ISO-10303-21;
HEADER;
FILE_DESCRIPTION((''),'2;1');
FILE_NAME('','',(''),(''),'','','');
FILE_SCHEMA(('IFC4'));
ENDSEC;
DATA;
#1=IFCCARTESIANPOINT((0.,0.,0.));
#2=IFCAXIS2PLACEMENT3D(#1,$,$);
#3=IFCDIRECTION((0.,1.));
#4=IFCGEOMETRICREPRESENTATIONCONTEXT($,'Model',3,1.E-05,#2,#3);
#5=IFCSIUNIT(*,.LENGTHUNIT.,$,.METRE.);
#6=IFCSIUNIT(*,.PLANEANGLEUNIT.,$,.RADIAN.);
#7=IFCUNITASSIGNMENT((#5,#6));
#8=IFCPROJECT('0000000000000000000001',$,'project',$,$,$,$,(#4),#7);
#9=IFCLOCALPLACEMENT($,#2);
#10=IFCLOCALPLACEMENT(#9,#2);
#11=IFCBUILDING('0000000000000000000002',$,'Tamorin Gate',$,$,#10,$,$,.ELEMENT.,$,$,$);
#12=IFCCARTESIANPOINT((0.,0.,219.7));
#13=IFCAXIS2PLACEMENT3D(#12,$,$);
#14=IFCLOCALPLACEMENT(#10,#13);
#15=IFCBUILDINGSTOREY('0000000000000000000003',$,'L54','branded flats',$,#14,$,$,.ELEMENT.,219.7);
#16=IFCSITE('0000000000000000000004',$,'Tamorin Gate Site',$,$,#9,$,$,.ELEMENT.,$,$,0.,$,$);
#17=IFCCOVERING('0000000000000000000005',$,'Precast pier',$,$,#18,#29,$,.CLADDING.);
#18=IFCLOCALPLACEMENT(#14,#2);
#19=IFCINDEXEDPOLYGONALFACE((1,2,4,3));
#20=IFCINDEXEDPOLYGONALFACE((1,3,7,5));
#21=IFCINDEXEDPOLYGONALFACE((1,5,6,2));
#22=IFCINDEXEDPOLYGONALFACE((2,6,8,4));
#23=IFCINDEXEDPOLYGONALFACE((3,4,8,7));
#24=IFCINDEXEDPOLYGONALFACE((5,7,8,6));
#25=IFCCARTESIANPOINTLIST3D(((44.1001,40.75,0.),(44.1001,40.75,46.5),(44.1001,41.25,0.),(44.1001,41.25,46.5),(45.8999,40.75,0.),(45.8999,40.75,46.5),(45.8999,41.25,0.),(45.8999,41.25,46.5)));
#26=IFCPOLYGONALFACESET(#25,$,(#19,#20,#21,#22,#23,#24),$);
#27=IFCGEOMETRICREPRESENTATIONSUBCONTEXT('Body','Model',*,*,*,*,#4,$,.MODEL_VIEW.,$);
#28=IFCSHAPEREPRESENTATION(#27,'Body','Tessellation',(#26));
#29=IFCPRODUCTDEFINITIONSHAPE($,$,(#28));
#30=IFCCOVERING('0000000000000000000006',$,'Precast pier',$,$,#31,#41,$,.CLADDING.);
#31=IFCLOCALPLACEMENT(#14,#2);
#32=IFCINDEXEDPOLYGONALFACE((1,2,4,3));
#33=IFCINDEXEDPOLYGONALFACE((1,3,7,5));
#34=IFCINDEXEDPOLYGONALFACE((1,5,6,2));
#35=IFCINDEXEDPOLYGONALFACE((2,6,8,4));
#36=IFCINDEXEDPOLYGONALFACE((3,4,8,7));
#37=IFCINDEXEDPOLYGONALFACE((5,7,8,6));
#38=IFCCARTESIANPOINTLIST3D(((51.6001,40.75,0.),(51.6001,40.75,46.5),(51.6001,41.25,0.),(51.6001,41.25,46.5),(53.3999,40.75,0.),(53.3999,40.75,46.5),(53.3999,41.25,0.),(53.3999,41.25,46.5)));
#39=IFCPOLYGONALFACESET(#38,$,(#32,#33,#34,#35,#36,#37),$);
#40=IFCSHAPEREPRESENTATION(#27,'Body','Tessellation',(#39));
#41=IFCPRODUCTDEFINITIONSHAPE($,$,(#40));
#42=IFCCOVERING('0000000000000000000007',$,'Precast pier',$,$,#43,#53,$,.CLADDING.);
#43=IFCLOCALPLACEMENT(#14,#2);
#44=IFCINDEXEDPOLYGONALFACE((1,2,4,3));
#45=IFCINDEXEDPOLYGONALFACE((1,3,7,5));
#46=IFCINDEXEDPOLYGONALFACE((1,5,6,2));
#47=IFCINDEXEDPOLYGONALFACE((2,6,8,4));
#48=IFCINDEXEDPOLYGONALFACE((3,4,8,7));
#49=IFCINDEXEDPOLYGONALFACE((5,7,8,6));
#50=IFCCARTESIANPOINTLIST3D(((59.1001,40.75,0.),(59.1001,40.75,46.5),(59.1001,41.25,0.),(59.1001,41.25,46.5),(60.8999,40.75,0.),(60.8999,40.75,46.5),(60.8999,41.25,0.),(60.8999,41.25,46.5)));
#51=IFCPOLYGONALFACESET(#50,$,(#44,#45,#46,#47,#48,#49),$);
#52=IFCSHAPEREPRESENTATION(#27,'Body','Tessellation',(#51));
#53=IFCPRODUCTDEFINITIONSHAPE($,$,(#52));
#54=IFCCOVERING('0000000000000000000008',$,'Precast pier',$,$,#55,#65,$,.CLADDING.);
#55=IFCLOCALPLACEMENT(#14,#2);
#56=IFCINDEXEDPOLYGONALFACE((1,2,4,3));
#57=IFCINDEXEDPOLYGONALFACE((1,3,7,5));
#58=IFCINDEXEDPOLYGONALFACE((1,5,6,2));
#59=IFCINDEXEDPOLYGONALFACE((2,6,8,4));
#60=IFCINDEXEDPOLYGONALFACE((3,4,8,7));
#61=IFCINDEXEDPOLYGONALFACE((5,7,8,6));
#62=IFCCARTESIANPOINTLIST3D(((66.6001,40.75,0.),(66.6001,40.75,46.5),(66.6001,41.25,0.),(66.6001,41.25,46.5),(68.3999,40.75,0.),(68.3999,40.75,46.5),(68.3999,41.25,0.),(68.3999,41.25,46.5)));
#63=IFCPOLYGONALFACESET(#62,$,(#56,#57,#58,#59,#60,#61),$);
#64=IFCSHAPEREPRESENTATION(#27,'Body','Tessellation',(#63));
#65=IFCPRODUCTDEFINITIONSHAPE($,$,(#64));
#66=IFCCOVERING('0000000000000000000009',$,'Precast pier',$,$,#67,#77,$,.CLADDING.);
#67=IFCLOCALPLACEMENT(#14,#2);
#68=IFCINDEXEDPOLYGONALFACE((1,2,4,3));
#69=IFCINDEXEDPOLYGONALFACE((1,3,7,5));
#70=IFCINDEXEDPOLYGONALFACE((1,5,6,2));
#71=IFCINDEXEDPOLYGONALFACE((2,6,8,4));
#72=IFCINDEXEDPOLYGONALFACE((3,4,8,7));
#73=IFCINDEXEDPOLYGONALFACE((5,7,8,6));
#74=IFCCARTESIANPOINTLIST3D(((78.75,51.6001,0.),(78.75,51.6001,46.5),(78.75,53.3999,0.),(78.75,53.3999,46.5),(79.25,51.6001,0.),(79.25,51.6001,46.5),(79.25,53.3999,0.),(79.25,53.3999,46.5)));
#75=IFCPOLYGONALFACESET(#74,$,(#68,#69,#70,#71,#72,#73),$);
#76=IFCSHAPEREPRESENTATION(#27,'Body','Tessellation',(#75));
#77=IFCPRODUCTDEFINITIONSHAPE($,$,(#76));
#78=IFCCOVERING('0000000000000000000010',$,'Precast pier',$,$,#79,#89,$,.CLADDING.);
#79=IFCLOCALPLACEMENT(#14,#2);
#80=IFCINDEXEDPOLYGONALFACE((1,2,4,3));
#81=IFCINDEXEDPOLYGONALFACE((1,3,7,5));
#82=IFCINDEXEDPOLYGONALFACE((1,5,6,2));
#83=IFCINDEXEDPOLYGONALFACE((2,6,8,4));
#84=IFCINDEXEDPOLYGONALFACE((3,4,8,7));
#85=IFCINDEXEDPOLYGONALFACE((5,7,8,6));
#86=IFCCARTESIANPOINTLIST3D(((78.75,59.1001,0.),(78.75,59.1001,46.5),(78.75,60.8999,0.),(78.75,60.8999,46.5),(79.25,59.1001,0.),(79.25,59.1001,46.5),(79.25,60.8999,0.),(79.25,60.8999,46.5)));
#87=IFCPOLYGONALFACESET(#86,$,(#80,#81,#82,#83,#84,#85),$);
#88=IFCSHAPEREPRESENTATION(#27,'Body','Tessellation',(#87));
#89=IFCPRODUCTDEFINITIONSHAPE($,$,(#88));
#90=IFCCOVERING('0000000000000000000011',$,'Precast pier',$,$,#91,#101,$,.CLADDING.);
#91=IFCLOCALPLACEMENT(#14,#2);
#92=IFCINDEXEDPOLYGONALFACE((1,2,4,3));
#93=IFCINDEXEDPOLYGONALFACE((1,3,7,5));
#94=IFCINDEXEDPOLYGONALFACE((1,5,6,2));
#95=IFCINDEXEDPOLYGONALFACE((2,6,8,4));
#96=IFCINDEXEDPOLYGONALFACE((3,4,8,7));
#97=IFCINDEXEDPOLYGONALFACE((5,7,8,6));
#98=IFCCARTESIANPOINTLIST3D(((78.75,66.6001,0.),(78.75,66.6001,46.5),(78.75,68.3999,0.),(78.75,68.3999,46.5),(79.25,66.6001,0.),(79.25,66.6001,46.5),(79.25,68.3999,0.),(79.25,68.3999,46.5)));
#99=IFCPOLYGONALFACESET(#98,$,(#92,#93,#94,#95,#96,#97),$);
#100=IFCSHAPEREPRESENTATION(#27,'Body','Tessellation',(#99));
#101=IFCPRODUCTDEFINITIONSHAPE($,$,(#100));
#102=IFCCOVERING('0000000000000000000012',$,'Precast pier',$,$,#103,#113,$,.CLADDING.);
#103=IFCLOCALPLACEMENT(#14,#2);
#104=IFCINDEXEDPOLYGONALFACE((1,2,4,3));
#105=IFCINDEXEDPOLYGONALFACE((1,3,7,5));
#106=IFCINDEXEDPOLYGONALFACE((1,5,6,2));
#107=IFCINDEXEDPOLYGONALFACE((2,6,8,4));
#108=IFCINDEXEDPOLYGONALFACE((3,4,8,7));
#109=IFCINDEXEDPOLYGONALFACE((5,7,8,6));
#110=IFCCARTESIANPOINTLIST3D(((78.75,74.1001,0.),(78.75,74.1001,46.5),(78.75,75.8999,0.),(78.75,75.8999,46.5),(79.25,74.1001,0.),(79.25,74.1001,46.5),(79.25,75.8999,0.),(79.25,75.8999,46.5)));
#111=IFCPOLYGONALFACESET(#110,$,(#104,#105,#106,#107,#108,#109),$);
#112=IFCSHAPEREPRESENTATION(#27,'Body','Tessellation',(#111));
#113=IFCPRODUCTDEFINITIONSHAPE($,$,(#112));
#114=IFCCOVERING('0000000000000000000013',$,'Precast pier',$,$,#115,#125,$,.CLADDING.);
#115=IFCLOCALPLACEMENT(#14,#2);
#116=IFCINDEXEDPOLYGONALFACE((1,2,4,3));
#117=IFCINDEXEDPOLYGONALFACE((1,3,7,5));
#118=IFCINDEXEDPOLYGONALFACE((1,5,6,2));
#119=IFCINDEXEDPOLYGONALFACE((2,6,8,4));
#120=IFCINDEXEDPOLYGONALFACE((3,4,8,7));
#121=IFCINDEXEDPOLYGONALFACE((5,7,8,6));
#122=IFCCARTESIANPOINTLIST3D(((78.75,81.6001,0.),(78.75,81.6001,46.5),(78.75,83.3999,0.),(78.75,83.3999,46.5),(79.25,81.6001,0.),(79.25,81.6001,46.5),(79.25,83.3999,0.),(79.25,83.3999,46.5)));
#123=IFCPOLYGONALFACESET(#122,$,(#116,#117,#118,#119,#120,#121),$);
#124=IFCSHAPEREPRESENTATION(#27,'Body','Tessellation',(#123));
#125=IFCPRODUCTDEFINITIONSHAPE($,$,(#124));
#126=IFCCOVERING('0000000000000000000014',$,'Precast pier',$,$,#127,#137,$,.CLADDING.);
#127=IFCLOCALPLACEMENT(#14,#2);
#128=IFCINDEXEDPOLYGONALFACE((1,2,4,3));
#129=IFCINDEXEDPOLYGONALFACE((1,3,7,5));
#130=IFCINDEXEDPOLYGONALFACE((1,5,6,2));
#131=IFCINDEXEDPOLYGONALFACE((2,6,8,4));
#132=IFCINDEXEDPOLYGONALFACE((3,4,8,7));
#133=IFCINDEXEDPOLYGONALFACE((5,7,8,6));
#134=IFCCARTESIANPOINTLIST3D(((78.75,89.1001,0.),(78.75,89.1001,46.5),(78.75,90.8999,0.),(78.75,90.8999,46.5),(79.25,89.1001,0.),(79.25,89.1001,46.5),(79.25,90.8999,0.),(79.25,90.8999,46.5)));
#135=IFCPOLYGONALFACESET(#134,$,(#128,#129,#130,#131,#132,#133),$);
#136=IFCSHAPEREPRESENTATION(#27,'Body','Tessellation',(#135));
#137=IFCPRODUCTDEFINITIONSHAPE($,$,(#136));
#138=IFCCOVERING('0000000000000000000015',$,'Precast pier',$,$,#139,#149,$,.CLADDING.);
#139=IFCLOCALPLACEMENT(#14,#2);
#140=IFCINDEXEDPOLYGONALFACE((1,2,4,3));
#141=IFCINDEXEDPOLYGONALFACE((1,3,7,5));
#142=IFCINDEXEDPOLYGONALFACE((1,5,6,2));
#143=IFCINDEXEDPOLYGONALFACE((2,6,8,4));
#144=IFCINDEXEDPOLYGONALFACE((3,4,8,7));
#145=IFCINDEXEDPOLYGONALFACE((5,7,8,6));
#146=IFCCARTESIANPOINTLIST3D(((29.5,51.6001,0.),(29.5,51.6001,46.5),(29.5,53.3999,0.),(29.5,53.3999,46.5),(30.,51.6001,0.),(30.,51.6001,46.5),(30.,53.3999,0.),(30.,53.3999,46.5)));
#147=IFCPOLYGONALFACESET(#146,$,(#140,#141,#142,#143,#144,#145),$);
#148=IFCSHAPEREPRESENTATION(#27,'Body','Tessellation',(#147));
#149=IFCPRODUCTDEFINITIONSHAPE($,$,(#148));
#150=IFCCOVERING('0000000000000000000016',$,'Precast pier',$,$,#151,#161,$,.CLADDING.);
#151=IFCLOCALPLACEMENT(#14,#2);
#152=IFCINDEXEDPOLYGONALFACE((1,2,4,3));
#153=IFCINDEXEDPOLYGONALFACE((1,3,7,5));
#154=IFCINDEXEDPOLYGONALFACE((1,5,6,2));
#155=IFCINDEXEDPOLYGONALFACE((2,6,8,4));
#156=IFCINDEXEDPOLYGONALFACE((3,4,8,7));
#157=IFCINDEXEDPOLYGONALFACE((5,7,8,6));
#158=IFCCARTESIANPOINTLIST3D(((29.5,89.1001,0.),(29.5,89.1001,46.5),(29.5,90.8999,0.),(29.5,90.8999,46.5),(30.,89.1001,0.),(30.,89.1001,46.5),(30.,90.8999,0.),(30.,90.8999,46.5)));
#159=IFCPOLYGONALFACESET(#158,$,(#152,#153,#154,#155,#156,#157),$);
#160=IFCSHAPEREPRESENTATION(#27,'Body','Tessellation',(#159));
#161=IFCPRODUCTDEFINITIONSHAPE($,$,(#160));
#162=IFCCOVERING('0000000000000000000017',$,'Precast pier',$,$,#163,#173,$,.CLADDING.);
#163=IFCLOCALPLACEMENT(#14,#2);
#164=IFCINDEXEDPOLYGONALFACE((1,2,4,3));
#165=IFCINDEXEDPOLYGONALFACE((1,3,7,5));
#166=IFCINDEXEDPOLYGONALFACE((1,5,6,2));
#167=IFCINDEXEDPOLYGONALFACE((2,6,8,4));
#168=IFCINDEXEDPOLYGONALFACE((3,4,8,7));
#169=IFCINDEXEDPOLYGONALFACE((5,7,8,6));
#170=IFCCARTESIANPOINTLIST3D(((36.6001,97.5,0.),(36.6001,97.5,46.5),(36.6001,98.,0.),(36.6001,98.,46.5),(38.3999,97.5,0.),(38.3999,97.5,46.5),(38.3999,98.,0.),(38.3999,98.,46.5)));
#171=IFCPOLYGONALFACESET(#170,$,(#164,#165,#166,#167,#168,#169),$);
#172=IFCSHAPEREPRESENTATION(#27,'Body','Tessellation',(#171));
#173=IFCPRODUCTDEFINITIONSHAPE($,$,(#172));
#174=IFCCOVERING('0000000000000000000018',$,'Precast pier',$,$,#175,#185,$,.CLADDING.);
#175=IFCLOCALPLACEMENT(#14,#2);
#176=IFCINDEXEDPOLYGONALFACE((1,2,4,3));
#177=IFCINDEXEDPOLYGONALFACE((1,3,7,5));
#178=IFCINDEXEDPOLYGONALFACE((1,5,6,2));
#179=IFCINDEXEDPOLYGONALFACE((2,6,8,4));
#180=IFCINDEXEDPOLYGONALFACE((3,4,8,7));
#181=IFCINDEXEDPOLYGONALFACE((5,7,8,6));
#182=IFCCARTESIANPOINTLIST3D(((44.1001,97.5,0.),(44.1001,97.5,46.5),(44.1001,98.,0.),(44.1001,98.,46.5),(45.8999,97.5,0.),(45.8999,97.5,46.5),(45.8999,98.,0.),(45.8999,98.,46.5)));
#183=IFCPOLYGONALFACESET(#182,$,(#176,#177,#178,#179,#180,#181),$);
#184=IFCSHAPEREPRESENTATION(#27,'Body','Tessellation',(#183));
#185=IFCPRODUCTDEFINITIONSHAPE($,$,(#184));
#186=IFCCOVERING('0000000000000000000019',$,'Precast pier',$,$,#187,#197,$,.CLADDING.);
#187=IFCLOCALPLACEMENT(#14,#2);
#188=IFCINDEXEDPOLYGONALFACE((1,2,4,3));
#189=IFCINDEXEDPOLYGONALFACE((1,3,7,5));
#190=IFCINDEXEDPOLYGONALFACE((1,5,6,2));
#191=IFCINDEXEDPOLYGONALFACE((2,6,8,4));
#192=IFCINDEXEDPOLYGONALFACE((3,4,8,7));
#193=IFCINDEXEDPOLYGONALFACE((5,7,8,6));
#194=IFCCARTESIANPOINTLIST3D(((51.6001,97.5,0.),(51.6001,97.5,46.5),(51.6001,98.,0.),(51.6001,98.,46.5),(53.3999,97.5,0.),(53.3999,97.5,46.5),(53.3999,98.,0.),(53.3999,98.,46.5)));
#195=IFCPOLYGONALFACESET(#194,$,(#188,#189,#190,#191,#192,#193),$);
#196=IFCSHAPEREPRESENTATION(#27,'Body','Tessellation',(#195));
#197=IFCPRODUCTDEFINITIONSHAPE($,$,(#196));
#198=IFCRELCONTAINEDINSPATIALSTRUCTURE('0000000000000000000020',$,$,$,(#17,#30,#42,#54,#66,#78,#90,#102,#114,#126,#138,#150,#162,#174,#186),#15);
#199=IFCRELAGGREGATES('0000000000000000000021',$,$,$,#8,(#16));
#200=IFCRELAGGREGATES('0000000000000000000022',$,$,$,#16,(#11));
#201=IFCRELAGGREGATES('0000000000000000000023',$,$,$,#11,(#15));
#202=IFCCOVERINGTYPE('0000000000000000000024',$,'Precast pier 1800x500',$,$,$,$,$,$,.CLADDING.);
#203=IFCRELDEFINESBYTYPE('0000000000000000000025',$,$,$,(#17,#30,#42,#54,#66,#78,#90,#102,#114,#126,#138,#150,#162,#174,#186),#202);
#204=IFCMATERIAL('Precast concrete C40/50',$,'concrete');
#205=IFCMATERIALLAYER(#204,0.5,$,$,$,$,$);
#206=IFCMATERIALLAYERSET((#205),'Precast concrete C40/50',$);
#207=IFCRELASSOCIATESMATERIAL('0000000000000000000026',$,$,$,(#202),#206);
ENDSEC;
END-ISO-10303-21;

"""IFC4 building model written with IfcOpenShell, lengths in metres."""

from ifc_helpers import new_model, si_unit, direction, frame, origin, place, context, subcontext, project, spatial, polyline, outline, extrude, material, layer, layer_set, type_object, element, save


model = new_model("IFC4")

# Units and contexts
model_context = context("Model", 3, precision=1e-05, world=origin(), true_north=direction((0.0, 1.0)))
body_context = subcontext(model_context, "Body", "Model", "MODEL_VIEW")
ifc_project = project(units=[si_unit("LENGTHUNIT", "METRE"), si_unit("PLANEANGLEUNIT", "RADIAN")], contexts=[model_context])

# Site, building, storey
site_placement = place(None, origin())
site = spatial("IfcSite", under=ifc_project, at=site_placement, Name="Tamorin Gate Site", CompositionType="ELEMENT", RefElevation=0.0)
building_placement = place(site_placement, origin())
building = spatial("IfcBuilding", under=site, at=building_placement, Name="Tamorin Gate", CompositionType="ELEMENT")
storey_placement = place(building_placement, frame((0.0, 0.0, 219.7)))
storey = spatial("IfcBuildingStorey", under=building, at=storey_placement, Name="L54", Description="branded flats", CompositionType="ELEMENT", Elevation=219.7)

# Coverings
ifc_material_1 = material(Name="Precast concrete C40/50", Category="concrete")
ifc_layer_1 = layer(ifc_material_1, 0.5)
ifc_layer_set_1 = layer_set([ifc_layer_1], Name="Precast concrete C40/50")
covering_type_1 = type_object("IfcCoveringType", Name="Precast pier 1800x500", PredefinedType="CLADDING", material=ifc_layer_set_1)
covering_1_placement = place(storey_placement, origin())
element("IfcCovering", 1, at=covering_1_placement, inside=storey, type_object=covering_type_1, Name="Precast pier", PredefinedType="CLADDING", context=body_context, shape_type="SweptSolid", body=[
    extrude(outline(polyline([(44.1001, 41.25), (45.8999, 41.25), (45.8999, 40.75), (44.1001, 40.75), (44.1001, 41.25)])), origin(), (0.0, 0.0, 1.0), 46.5),
])
covering_2_placement = place(storey_placement, origin())
element("IfcCovering", 2, at=covering_2_placement, inside=storey, type_object=covering_type_1, Name="Precast pier", PredefinedType="CLADDING", context=body_context, shape_type="SweptSolid", body=[
    extrude(outline(polyline([(51.6001, 41.25), (53.3999, 41.25), (53.3999, 40.75), (51.6001, 40.75), (51.6001, 41.25)])), origin(), (0.0, 0.0, 1.0), 46.5),
])
covering_3_placement = place(storey_placement, origin())
element("IfcCovering", 3, at=covering_3_placement, inside=storey, type_object=covering_type_1, Name="Precast pier", PredefinedType="CLADDING", context=body_context, shape_type="SweptSolid", body=[
    extrude(outline(polyline([(59.1001, 41.25), (60.8999, 41.25), (60.8999, 40.75), (59.1001, 40.75), (59.1001, 41.25)])), origin(), (0.0, 0.0, 1.0), 46.5),
])
covering_4_placement = place(storey_placement, origin())
element("IfcCovering", 4, at=covering_4_placement, inside=storey, type_object=covering_type_1, Name="Precast pier", PredefinedType="CLADDING", context=body_context, shape_type="SweptSolid", body=[
    extrude(outline(polyline([(66.6001, 41.25), (68.3999, 41.25), (68.3999, 40.75), (66.6001, 40.75), (66.6001, 41.25)])), origin(), (0.0, 0.0, 1.0), 46.5),
])
covering_5_placement = place(storey_placement, origin())
element("IfcCovering", 5, at=covering_5_placement, inside=storey, type_object=covering_type_1, Name="Precast pier", PredefinedType="CLADDING", context=body_context, shape_type="SweptSolid", body=[
    extrude(outline(polyline([(78.75, 51.6001), (78.75, 53.3999), (79.25, 53.3999), (79.25, 51.6001), (78.75, 51.6001)])), origin(), (0.0, 0.0, 1.0), 46.5),
])
covering_6_placement = place(storey_placement, origin())
element("IfcCovering", 6, at=covering_6_placement, inside=storey, type_object=covering_type_1, Name="Precast pier", PredefinedType="CLADDING", context=body_context, shape_type="SweptSolid", body=[
    extrude(outline(polyline([(78.75, 59.1001), (78.75, 60.8999), (79.25, 60.8999), (79.25, 59.1001), (78.75, 59.1001)])), origin(), (0.0, 0.0, 1.0), 46.5),
])
covering_7_placement = place(storey_placement, origin())
element("IfcCovering", 7, at=covering_7_placement, inside=storey, type_object=covering_type_1, Name="Precast pier", PredefinedType="CLADDING", context=body_context, shape_type="SweptSolid", body=[
    extrude(outline(polyline([(78.75, 66.6001), (78.75, 68.3999), (79.25, 68.3999), (79.25, 66.6001), (78.75, 66.6001)])), origin(), (0.0, 0.0, 1.0), 46.5),
])
covering_8_placement = place(storey_placement, origin())
element("IfcCovering", 8, at=covering_8_placement, inside=storey, type_object=covering_type_1, Name="Precast pier", PredefinedType="CLADDING", context=body_context, shape_type="SweptSolid", body=[
    extrude(outline(polyline([(78.75, 74.1001), (78.75, 75.8999), (79.25, 75.8999), (79.25, 74.1001), (78.75, 74.1001)])), origin(), (0.0, 0.0, 1.0), 46.5),
])
covering_9_placement = place(storey_placement, origin())
element("IfcCovering", 9, at=covering_9_placement, inside=storey, type_object=covering_type_1, Name="Precast pier", PredefinedType="CLADDING", context=body_context, shape_type="SweptSolid", body=[
    extrude(outline(polyline([(78.75, 81.6001), (78.75, 83.3999), (79.25, 83.3999), (79.25, 81.6001), (78.75, 81.6001)])), origin(), (0.0, 0.0, 1.0), 46.5),
])
covering_10_placement = place(storey_placement, origin())
element("IfcCovering", 10, at=covering_10_placement, inside=storey, type_object=covering_type_1, Name="Precast pier", PredefinedType="CLADDING", context=body_context, shape_type="SweptSolid", body=[
    extrude(outline(polyline([(78.75, 89.1001), (78.75, 90.8999), (79.25, 90.8999), (79.25, 89.1001), (78.75, 89.1001)])), origin(), (0.0, 0.0, 1.0), 46.5),
])
covering_11_placement = place(storey_placement, origin())
element("IfcCovering", 11, at=covering_11_placement, inside=storey, type_object=covering_type_1, Name="Precast pier", PredefinedType="CLADDING", context=body_context, shape_type="SweptSolid", body=[
    extrude(outline(polyline([(30.0, 53.3999), (30.0, 51.6001), (29.5, 51.6001), (29.5, 53.3999), (30.0, 53.3999)])), origin(), (0.0, 0.0, 1.0), 46.5),
])
covering_12_placement = place(storey_placement, origin())
element("IfcCovering", 12, at=covering_12_placement, inside=storey, type_object=covering_type_1, Name="Precast pier", PredefinedType="CLADDING", context=body_context, shape_type="SweptSolid", body=[
    extrude(outline(polyline([(30.0, 90.8999), (30.0, 89.1001), (29.5, 89.1001), (29.5, 90.8999), (30.0, 90.8999)])), origin(), (0.0, 0.0, 1.0), 46.5),
])
covering_13_placement = place(storey_placement, origin())
element("IfcCovering", 13, at=covering_13_placement, inside=storey, type_object=covering_type_1, Name="Precast pier", PredefinedType="CLADDING", context=body_context, shape_type="SweptSolid", body=[
    extrude(outline(polyline([(38.3999, 97.5), (36.6001, 97.5), (36.6001, 98.0), (38.3999, 98.0), (38.3999, 97.5)])), origin(), (0.0, 0.0, 1.0), 46.5),
])
covering_14_placement = place(storey_placement, origin())
element("IfcCovering", 14, at=covering_14_placement, inside=storey, type_object=covering_type_1, Name="Precast pier", PredefinedType="CLADDING", context=body_context, shape_type="SweptSolid", body=[
    extrude(outline(polyline([(45.8999, 97.5), (44.1001, 97.5), (44.1001, 98.0), (45.8999, 98.0), (45.8999, 97.5)])), origin(), (0.0, 0.0, 1.0), 46.5),
])
covering_15_placement = place(storey_placement, origin())
element("IfcCovering", 15, at=covering_15_placement, inside=storey, type_object=covering_type_1, Name="Precast pier", PredefinedType="CLADDING", context=body_context, shape_type="SweptSolid", body=[
    extrude(outline(polyline([(53.3999, 97.5), (51.6001, 97.5), (51.6001, 98.0), (53.3999, 98.0), (53.3999, 97.5)])), origin(), (0.0, 0.0, 1.0), 46.5),
])

save(model, "model.ifc")
